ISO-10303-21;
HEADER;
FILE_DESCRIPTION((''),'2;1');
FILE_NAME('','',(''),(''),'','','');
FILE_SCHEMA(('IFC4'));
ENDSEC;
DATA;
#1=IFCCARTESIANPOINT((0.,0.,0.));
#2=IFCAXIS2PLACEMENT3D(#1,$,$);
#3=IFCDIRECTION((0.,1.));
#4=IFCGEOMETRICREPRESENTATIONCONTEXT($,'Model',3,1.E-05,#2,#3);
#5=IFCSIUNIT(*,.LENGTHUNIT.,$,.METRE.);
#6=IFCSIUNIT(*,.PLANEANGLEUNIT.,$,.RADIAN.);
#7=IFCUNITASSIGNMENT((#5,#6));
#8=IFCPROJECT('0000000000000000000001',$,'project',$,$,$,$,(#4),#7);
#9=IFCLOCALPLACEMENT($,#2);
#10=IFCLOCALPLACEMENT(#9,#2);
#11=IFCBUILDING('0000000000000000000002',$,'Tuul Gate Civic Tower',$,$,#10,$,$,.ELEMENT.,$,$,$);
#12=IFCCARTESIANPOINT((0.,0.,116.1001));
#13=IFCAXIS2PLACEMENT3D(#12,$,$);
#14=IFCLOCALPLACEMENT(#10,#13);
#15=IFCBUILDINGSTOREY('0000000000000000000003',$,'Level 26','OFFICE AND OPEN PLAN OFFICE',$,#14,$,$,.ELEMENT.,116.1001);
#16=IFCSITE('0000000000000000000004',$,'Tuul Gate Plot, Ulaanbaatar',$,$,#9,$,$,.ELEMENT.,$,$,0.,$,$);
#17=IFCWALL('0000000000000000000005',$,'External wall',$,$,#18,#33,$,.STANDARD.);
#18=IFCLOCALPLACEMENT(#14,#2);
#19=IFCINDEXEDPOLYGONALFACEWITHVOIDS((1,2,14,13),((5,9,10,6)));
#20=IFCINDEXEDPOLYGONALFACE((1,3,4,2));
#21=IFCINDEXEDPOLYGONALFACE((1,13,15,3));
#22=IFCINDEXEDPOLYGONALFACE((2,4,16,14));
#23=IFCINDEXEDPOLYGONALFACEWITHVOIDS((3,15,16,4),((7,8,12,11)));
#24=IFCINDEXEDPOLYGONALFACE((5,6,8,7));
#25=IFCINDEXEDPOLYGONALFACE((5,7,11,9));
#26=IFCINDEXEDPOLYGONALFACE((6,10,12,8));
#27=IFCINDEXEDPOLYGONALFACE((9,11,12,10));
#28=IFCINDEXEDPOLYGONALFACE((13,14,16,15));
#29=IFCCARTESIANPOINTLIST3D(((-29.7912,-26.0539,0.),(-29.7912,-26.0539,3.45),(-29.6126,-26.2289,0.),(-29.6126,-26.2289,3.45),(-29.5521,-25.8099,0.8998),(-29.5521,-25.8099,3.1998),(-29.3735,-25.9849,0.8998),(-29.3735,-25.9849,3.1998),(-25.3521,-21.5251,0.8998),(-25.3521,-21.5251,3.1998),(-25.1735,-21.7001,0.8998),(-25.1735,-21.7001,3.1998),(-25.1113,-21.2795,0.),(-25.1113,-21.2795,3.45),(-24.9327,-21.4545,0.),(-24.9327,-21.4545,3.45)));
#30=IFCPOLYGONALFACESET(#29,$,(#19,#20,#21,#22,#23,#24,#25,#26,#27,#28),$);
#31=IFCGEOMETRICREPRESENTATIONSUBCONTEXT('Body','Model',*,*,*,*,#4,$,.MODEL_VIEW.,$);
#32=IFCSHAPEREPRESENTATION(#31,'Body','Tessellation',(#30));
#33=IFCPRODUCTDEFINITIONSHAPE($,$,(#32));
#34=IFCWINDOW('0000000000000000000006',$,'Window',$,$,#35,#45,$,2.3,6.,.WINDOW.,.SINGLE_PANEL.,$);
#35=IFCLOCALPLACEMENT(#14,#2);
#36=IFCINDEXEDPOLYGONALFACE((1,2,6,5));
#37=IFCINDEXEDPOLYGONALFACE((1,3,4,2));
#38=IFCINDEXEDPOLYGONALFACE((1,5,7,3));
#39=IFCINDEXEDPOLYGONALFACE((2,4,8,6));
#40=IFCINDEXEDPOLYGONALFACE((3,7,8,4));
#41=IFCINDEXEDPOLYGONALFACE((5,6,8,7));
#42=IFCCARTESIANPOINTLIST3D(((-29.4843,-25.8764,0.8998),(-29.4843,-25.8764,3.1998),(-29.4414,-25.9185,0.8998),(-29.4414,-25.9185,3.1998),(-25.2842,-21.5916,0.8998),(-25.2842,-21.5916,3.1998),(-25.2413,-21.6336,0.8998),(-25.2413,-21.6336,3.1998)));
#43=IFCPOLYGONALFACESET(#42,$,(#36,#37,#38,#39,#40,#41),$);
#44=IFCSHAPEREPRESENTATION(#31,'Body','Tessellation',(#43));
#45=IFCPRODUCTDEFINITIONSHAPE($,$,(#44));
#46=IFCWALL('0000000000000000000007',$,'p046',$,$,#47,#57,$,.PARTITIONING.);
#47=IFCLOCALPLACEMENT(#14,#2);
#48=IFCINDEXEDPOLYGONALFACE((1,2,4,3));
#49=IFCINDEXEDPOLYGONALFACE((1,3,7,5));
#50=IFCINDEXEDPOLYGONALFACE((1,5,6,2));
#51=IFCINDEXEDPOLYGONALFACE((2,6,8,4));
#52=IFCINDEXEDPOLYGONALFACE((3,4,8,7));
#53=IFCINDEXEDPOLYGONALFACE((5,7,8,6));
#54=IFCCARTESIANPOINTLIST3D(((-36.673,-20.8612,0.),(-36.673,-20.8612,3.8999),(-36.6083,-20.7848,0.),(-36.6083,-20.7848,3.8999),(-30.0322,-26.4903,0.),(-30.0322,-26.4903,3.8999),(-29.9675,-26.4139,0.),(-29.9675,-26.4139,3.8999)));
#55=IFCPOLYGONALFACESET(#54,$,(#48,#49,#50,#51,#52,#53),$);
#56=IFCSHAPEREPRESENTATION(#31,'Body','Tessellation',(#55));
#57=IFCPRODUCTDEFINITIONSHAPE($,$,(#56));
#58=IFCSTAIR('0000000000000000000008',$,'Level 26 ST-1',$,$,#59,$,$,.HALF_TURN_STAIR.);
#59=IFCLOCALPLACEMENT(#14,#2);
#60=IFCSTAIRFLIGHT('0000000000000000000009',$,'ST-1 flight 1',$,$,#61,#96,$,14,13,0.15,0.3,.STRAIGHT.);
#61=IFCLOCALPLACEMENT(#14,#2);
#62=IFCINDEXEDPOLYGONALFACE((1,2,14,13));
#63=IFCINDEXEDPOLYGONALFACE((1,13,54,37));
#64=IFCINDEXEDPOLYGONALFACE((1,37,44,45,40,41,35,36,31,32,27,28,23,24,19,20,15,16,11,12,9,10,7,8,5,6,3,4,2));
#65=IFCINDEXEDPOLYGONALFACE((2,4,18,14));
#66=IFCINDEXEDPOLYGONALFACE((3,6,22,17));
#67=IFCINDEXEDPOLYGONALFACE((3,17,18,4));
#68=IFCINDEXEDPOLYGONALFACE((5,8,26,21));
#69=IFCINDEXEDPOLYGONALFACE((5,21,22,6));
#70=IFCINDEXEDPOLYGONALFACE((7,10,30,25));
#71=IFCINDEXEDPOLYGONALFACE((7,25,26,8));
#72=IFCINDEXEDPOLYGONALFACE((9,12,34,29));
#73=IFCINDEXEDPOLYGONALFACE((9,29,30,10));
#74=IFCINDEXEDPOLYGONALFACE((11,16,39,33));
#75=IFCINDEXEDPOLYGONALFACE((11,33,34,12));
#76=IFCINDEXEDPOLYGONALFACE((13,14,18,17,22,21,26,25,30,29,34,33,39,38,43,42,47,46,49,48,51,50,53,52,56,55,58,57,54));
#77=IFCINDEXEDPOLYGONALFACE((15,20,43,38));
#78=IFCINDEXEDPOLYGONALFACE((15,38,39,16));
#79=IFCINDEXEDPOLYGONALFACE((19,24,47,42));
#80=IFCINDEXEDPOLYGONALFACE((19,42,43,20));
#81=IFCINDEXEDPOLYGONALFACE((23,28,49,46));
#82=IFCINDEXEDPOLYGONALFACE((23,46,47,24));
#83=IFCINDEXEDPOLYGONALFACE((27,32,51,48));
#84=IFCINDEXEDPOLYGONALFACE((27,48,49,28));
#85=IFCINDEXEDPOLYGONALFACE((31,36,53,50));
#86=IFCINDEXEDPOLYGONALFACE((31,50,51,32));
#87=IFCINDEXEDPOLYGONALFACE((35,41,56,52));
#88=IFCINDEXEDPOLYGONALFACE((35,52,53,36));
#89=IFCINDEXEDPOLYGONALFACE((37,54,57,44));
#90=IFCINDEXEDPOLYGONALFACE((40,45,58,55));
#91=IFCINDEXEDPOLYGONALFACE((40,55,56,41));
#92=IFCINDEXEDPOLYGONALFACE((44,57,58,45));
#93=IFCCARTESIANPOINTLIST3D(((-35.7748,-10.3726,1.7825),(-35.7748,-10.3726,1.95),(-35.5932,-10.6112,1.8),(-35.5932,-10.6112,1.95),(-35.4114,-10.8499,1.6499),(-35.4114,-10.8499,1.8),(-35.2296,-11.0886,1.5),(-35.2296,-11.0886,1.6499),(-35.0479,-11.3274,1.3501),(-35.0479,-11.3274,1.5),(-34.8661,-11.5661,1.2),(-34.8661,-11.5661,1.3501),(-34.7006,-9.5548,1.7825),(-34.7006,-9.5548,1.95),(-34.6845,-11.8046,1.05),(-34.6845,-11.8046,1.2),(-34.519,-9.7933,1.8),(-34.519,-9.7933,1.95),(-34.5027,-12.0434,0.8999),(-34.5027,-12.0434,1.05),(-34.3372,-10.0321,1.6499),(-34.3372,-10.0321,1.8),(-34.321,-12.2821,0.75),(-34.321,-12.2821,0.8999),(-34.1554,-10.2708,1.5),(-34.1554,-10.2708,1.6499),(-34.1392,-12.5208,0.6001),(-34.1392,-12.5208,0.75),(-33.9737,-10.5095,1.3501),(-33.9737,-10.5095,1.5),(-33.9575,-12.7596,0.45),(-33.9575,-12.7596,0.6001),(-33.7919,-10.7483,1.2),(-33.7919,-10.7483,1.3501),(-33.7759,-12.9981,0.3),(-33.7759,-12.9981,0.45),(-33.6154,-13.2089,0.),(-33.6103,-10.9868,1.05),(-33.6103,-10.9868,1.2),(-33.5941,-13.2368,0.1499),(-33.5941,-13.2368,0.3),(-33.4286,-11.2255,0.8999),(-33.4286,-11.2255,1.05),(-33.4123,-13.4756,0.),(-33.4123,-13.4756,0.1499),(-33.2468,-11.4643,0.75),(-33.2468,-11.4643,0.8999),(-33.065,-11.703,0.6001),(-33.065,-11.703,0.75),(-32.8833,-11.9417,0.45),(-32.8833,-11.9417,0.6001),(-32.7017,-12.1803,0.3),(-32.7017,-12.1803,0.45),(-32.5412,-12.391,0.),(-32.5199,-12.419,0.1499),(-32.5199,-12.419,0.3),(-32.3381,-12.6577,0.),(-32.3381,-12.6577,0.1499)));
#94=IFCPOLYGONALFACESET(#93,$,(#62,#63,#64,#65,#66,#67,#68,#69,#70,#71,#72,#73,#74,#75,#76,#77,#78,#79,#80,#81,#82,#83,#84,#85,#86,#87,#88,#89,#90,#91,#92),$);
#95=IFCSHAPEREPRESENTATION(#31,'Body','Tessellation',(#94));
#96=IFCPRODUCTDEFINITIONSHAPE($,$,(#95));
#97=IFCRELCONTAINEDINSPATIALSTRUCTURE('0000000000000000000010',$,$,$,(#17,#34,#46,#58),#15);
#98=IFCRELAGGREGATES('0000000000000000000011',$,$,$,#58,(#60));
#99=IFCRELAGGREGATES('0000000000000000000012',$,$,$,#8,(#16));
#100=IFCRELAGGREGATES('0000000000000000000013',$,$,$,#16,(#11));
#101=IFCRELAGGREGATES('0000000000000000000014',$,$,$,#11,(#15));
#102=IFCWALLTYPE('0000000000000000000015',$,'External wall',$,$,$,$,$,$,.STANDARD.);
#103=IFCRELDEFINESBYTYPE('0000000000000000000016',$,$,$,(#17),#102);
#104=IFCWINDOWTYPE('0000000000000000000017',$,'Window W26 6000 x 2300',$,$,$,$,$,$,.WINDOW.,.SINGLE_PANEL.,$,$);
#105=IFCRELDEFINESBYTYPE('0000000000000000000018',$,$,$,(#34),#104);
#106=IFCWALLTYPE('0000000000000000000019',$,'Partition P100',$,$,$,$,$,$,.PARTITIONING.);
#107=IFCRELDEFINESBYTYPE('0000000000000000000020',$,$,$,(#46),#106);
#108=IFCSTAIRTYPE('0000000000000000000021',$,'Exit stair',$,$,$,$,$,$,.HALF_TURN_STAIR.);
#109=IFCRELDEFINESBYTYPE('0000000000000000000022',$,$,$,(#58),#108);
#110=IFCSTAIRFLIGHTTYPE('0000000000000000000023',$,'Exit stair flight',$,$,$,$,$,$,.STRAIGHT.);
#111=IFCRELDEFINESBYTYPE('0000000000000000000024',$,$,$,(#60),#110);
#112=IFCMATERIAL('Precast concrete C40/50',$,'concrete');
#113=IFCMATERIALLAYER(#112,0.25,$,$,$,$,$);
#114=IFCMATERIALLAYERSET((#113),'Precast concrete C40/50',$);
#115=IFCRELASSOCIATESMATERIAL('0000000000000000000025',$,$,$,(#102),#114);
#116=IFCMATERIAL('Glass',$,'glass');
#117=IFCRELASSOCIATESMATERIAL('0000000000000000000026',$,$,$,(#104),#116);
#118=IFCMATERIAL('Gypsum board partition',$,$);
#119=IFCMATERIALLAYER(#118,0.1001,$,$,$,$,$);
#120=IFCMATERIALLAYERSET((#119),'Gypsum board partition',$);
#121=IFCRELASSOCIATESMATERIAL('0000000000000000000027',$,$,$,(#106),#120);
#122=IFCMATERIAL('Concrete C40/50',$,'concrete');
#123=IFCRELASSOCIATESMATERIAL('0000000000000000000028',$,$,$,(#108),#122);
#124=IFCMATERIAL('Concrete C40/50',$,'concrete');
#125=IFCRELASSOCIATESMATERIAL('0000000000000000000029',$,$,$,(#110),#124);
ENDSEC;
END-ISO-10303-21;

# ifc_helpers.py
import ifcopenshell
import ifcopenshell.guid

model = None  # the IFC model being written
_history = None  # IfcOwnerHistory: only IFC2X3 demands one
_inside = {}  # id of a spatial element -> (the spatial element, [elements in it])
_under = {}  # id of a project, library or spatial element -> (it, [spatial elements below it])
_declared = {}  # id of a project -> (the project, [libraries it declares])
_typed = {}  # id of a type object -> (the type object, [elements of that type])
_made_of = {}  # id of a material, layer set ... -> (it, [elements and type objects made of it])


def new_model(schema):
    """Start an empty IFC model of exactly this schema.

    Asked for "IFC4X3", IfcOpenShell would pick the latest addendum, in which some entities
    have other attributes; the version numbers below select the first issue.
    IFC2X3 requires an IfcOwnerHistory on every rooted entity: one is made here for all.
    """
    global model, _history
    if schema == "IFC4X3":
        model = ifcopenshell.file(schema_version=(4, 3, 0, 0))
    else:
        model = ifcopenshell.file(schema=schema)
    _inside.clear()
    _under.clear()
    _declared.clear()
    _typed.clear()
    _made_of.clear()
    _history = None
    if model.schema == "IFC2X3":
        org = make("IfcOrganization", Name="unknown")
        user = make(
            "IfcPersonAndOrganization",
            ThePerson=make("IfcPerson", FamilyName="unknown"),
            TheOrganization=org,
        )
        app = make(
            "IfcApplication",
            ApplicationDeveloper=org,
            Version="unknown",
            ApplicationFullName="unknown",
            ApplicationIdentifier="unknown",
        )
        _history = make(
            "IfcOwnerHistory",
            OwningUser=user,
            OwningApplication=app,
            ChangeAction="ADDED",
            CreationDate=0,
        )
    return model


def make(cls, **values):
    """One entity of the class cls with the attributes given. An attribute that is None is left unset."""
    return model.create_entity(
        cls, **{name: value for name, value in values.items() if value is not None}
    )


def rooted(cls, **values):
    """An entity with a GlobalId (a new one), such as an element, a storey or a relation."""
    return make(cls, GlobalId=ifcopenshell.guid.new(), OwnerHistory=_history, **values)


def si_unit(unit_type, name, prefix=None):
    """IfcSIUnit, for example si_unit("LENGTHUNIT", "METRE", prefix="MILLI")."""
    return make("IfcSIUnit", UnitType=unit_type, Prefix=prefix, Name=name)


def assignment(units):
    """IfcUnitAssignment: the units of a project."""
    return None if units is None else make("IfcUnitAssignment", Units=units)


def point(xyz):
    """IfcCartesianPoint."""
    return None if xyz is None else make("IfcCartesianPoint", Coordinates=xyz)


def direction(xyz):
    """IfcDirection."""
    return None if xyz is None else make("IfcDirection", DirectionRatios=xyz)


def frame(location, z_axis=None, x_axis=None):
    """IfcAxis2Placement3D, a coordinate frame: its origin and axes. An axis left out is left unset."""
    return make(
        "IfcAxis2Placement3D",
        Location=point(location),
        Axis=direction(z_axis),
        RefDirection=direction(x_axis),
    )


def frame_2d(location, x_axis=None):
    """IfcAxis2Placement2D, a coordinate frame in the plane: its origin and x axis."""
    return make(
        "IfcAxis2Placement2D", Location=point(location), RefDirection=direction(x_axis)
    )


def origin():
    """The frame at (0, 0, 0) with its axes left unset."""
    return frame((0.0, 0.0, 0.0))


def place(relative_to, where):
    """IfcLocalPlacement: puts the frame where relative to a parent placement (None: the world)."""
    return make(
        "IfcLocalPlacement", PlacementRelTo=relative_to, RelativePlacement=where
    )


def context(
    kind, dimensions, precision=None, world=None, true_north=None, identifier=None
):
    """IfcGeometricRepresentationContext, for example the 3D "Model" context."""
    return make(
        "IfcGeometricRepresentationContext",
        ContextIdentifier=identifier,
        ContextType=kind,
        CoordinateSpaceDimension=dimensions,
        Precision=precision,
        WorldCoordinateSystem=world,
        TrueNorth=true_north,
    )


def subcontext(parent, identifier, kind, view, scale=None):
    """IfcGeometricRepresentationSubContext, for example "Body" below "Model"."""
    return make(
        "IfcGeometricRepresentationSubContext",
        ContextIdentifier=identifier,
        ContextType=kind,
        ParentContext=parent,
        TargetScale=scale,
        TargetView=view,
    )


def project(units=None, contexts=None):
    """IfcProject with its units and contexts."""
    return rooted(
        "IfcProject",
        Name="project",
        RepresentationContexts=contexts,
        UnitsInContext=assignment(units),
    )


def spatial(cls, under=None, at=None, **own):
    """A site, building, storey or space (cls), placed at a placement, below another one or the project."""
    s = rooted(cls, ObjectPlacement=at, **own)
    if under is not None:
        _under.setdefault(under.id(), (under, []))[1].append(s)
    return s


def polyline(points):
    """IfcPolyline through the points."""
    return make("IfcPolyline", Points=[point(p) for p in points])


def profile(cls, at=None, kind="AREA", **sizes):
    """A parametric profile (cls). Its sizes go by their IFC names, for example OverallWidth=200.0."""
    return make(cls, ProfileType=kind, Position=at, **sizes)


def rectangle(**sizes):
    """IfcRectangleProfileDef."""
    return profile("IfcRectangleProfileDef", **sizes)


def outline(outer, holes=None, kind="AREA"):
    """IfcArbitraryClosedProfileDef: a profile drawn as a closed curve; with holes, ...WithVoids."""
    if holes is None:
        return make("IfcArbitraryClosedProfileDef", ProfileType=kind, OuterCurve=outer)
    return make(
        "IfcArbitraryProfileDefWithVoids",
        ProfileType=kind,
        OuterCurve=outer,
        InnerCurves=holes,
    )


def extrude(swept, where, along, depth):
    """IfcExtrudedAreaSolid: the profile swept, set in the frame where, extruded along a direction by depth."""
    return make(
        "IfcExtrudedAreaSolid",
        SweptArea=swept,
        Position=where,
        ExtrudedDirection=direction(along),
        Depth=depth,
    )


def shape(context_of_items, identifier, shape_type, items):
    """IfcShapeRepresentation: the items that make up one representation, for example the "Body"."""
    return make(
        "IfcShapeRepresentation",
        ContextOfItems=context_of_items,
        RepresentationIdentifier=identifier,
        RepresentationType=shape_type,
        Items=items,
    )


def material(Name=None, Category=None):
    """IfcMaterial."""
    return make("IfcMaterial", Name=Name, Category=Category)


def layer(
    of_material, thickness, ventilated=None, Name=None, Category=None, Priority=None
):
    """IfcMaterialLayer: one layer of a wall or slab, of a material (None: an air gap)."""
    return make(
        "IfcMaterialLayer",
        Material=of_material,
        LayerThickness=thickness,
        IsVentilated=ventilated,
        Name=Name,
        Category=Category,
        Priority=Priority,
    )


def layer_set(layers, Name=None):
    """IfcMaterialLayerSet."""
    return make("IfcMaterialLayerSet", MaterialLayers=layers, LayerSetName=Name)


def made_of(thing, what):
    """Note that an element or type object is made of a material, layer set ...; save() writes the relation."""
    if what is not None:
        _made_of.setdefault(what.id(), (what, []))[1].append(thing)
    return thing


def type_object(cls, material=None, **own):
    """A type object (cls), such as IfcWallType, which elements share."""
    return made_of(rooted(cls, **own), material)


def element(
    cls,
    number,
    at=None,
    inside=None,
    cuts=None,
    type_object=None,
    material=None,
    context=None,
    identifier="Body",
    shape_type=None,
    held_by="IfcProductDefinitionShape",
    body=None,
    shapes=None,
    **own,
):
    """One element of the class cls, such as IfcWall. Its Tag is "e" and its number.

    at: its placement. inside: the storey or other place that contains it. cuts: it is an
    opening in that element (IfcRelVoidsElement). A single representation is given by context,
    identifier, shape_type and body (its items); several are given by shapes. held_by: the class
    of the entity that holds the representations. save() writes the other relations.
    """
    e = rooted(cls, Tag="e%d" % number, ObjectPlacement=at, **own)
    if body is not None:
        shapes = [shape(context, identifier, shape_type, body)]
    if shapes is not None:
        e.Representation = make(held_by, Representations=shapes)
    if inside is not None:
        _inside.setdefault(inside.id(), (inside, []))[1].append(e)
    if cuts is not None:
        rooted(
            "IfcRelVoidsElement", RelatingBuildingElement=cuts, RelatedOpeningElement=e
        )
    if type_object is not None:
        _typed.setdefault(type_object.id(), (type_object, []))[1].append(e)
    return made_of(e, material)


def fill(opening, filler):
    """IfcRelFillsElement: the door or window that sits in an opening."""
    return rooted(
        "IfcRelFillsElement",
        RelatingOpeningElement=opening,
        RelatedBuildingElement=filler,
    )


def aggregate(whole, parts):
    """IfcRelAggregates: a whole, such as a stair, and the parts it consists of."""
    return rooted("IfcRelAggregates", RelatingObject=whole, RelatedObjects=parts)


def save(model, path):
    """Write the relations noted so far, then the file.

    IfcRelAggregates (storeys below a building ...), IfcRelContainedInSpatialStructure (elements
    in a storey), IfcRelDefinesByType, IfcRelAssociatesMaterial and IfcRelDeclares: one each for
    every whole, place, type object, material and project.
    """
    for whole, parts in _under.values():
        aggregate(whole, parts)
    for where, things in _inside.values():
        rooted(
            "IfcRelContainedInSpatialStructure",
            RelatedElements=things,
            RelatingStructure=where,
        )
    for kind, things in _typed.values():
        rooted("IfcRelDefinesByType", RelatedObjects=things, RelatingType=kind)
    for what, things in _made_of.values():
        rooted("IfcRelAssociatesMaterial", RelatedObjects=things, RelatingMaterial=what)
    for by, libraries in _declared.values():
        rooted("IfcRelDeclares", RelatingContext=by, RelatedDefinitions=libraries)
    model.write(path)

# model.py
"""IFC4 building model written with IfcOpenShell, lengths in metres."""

from ifc_helpers import new_model, si_unit, direction, frame, frame_2d, origin, place, context, subcontext, project, spatial, polyline, rectangle, outline, extrude, material, layer, layer_set, type_object, element, fill, aggregate, save


model = new_model("IFC4")

# Units and contexts
model_context = context("Model", 3, precision=1e-05, world=origin(), true_north=direction((0.0, 1.0)))
body_context = subcontext(model_context, "Body", "Model", "MODEL_VIEW")
ifc_project = project(units=[si_unit("LENGTHUNIT", "METRE"), si_unit("PLANEANGLEUNIT", "RADIAN")], contexts=[model_context])

# Site, building, storey
site_placement = place(None, origin())
site = spatial("IfcSite", under=ifc_project, at=site_placement, Name="Tuul Gate Plot, Ulaanbaatar", CompositionType="ELEMENT", RefElevation=0.0)
building_placement = place(site_placement, origin())
building = spatial("IfcBuilding", under=site, at=building_placement, Name="Tuul Gate Civic Tower", CompositionType="ELEMENT")
storey_placement = place(building_placement, frame((0.0, 0.0, 116.1001)))
storey = spatial("IfcBuildingStorey", under=building, at=storey_placement, Name="Level 26", Description="OFFICE AND OPEN PLAN OFFICE", CompositionType="ELEMENT", Elevation=116.1001)

# Wall, opening, window
ifc_material_1 = material(Name="Precast concrete C40/50", Category="concrete")
ifc_layer_1 = layer(ifc_material_1, 0.25)
ifc_layer_set_1 = layer_set([ifc_layer_1], Name="Precast concrete C40/50")
wall_type_1 = type_object("IfcWallType", Name="External wall", PredefinedType="STANDARD", material=ifc_layer_set_1)
wall_1_placement = place(storey_placement, frame((-29.7019, -26.1414, 0.0), z_axis=(0.0, 0.0, 1.0), x_axis=(0.700005, 0.714138, 0.0)))
wall_1 = element("IfcWall", 1, at=wall_1_placement, inside=storey, type_object=wall_type_1, Name="External wall", PredefinedType="STANDARD", context=body_context, shape_type="SweptSolid", body=[
    extrude(rectangle(XDim=6.6855, YDim=0.25, at=frame_2d((3.3428, 0.0))), origin(), (0.0, 0.0, 1.0), 3.45),
])
opening_1_placement = place(wall_1_placement, frame((0.3416, 0.0, 0.8999)))
opening_1 = element("IfcOpeningElement", 2, at=opening_1_placement, cuts=wall_1, PredefinedType="OPENING", context=body_context, shape_type="SweptSolid", body=[
    extrude(rectangle(XDim=6.0, YDim=2.3, at=frame_2d((3.0, 1.1499))), frame((0.0, 0.135, 0.0), z_axis=(0.0, -1.0, 0.0), x_axis=(1.0, 0.0, 0.0)), (0.0, 0.0, 1.0), 0.27),
])
ifc_material_2 = material(Name="Glass", Category="glass")
window_type_1 = type_object("IfcWindowType", Name="Window W26 6000 x 2300", PartitioningType="SINGLE_PANEL", PredefinedType="WINDOW", material=ifc_material_2)
window_1_placement = place(opening_1_placement, origin())
window_1 = element("IfcWindow", 3, at=window_1_placement, inside=storey, type_object=window_type_1, Name="Window", OverallHeight=2.3, OverallWidth=6.0, PartitioningType="SINGLE_PANEL", PredefinedType="WINDOW", context=body_context, shape_type="SweptSolid", body=[
    extrude(rectangle(XDim=6.0, YDim=2.3, at=frame_2d((3.0, 1.1499))), frame((0.0, 0.03, 0.0), z_axis=(0.0, -1.0, 0.0), x_axis=(1.0, 0.0, 0.0)), (0.0, 0.0, 1.0), 0.0601),
])
fill(opening_1, window_1)

# Wall
ifc_material_3 = material(Name="Gypsum board partition")
ifc_layer_2 = layer(ifc_material_3, 0.1001)
ifc_layer_set_2 = layer_set([ifc_layer_2], Name="Gypsum board partition")
wall_type_2 = type_object("IfcWallType", Name="Partition P100", PredefinedType="PARTITIONING", material=ifc_layer_set_2)
wall_2_placement = place(storey_placement, frame((-36.6406, -20.823, 0.0), z_axis=(0.0, 0.0, 1.0), x_axis=(0.762822, -0.646608, 0.0)))
element("IfcWall", 4, at=wall_2_placement, inside=storey, type_object=wall_type_2, Name="p046", PredefinedType="PARTITIONING", context=body_context, shape_type="SweptSolid", body=[
    extrude(rectangle(XDim=8.7056, YDim=0.1001, at=frame_2d((4.3528, 0.0))), origin(), (0.0, 0.0, 1.0), 3.8999),
])

# Stair, stair flight
ifc_material_4 = material(Name="Concrete C40/50", Category="concrete")
stair_type = type_object("IfcStairType", Name="Exit stair", PredefinedType="HALF_TURN_STAIR", material=ifc_material_4)
stair_placement = place(storey_placement, origin())
stair = element("IfcStair", 5, at=stair_placement, inside=storey, type_object=stair_type, Name="Level 26 ST-1", PredefinedType="HALF_TURN_STAIR")
ifc_material_5 = material(Name="Concrete C40/50", Category="concrete")
stair_flight_type = type_object("IfcStairFlightType", Name="Exit stair flight", PredefinedType="STRAIGHT", material=ifc_material_5)
stair_flight_placement = place(storey_placement, frame((-32.8752, -13.0667, 0.0), z_axis=(0.0, 0.0, 1.0), x_axis=(-0.605764, 0.795644, 0.0)))
stair_flight = element("IfcStairFlight", 6, at=stair_flight_placement, type_object=stair_flight_type, Name="ST-1 flight 1", NumberOfRisers=14, NumberOfTreads=13, PredefinedType="STRAIGHT", RiserHeight=0.15, TreadLength=0.3, context=body_context, shape_type="SweptSolid", body=[
    extrude(outline(polyline([(0.0, 0.0), (0.0, 0.1499), (0.3, 0.1499), (0.3, 0.3), (0.6001, 0.3), (0.6001, 0.45), (0.8999, 0.45), (0.8999, 0.6001), (1.2, 0.6001), (1.2, 0.75), (1.5, 0.75), (1.5, 0.8999), (1.8, 0.8999), (1.8, 1.05), (2.1001, 1.05), (2.1001, 1.2), (2.3999, 1.2), (2.3999, 1.3501), (2.7, 1.3501), (2.7, 1.5), (3.0, 1.5), (3.0, 1.6499), (3.3, 1.6499), (3.3, 1.8), (3.6001, 1.8), (3.6001, 1.95), (3.8999, 1.95), (3.8999, 2.1001), (3.8999, 1.7825), (0.3352, 0.0), (0.0, 0.0)])), frame((0.0, 0.675, 0.0), z_axis=(0.0, -1.0, 0.0), x_axis=(1.0, 0.0, 0.0)), (0.0, 0.0, 1.0), 1.3501),
])
aggregate(stair, [stair_flight])

save(model, "model.ifc")
